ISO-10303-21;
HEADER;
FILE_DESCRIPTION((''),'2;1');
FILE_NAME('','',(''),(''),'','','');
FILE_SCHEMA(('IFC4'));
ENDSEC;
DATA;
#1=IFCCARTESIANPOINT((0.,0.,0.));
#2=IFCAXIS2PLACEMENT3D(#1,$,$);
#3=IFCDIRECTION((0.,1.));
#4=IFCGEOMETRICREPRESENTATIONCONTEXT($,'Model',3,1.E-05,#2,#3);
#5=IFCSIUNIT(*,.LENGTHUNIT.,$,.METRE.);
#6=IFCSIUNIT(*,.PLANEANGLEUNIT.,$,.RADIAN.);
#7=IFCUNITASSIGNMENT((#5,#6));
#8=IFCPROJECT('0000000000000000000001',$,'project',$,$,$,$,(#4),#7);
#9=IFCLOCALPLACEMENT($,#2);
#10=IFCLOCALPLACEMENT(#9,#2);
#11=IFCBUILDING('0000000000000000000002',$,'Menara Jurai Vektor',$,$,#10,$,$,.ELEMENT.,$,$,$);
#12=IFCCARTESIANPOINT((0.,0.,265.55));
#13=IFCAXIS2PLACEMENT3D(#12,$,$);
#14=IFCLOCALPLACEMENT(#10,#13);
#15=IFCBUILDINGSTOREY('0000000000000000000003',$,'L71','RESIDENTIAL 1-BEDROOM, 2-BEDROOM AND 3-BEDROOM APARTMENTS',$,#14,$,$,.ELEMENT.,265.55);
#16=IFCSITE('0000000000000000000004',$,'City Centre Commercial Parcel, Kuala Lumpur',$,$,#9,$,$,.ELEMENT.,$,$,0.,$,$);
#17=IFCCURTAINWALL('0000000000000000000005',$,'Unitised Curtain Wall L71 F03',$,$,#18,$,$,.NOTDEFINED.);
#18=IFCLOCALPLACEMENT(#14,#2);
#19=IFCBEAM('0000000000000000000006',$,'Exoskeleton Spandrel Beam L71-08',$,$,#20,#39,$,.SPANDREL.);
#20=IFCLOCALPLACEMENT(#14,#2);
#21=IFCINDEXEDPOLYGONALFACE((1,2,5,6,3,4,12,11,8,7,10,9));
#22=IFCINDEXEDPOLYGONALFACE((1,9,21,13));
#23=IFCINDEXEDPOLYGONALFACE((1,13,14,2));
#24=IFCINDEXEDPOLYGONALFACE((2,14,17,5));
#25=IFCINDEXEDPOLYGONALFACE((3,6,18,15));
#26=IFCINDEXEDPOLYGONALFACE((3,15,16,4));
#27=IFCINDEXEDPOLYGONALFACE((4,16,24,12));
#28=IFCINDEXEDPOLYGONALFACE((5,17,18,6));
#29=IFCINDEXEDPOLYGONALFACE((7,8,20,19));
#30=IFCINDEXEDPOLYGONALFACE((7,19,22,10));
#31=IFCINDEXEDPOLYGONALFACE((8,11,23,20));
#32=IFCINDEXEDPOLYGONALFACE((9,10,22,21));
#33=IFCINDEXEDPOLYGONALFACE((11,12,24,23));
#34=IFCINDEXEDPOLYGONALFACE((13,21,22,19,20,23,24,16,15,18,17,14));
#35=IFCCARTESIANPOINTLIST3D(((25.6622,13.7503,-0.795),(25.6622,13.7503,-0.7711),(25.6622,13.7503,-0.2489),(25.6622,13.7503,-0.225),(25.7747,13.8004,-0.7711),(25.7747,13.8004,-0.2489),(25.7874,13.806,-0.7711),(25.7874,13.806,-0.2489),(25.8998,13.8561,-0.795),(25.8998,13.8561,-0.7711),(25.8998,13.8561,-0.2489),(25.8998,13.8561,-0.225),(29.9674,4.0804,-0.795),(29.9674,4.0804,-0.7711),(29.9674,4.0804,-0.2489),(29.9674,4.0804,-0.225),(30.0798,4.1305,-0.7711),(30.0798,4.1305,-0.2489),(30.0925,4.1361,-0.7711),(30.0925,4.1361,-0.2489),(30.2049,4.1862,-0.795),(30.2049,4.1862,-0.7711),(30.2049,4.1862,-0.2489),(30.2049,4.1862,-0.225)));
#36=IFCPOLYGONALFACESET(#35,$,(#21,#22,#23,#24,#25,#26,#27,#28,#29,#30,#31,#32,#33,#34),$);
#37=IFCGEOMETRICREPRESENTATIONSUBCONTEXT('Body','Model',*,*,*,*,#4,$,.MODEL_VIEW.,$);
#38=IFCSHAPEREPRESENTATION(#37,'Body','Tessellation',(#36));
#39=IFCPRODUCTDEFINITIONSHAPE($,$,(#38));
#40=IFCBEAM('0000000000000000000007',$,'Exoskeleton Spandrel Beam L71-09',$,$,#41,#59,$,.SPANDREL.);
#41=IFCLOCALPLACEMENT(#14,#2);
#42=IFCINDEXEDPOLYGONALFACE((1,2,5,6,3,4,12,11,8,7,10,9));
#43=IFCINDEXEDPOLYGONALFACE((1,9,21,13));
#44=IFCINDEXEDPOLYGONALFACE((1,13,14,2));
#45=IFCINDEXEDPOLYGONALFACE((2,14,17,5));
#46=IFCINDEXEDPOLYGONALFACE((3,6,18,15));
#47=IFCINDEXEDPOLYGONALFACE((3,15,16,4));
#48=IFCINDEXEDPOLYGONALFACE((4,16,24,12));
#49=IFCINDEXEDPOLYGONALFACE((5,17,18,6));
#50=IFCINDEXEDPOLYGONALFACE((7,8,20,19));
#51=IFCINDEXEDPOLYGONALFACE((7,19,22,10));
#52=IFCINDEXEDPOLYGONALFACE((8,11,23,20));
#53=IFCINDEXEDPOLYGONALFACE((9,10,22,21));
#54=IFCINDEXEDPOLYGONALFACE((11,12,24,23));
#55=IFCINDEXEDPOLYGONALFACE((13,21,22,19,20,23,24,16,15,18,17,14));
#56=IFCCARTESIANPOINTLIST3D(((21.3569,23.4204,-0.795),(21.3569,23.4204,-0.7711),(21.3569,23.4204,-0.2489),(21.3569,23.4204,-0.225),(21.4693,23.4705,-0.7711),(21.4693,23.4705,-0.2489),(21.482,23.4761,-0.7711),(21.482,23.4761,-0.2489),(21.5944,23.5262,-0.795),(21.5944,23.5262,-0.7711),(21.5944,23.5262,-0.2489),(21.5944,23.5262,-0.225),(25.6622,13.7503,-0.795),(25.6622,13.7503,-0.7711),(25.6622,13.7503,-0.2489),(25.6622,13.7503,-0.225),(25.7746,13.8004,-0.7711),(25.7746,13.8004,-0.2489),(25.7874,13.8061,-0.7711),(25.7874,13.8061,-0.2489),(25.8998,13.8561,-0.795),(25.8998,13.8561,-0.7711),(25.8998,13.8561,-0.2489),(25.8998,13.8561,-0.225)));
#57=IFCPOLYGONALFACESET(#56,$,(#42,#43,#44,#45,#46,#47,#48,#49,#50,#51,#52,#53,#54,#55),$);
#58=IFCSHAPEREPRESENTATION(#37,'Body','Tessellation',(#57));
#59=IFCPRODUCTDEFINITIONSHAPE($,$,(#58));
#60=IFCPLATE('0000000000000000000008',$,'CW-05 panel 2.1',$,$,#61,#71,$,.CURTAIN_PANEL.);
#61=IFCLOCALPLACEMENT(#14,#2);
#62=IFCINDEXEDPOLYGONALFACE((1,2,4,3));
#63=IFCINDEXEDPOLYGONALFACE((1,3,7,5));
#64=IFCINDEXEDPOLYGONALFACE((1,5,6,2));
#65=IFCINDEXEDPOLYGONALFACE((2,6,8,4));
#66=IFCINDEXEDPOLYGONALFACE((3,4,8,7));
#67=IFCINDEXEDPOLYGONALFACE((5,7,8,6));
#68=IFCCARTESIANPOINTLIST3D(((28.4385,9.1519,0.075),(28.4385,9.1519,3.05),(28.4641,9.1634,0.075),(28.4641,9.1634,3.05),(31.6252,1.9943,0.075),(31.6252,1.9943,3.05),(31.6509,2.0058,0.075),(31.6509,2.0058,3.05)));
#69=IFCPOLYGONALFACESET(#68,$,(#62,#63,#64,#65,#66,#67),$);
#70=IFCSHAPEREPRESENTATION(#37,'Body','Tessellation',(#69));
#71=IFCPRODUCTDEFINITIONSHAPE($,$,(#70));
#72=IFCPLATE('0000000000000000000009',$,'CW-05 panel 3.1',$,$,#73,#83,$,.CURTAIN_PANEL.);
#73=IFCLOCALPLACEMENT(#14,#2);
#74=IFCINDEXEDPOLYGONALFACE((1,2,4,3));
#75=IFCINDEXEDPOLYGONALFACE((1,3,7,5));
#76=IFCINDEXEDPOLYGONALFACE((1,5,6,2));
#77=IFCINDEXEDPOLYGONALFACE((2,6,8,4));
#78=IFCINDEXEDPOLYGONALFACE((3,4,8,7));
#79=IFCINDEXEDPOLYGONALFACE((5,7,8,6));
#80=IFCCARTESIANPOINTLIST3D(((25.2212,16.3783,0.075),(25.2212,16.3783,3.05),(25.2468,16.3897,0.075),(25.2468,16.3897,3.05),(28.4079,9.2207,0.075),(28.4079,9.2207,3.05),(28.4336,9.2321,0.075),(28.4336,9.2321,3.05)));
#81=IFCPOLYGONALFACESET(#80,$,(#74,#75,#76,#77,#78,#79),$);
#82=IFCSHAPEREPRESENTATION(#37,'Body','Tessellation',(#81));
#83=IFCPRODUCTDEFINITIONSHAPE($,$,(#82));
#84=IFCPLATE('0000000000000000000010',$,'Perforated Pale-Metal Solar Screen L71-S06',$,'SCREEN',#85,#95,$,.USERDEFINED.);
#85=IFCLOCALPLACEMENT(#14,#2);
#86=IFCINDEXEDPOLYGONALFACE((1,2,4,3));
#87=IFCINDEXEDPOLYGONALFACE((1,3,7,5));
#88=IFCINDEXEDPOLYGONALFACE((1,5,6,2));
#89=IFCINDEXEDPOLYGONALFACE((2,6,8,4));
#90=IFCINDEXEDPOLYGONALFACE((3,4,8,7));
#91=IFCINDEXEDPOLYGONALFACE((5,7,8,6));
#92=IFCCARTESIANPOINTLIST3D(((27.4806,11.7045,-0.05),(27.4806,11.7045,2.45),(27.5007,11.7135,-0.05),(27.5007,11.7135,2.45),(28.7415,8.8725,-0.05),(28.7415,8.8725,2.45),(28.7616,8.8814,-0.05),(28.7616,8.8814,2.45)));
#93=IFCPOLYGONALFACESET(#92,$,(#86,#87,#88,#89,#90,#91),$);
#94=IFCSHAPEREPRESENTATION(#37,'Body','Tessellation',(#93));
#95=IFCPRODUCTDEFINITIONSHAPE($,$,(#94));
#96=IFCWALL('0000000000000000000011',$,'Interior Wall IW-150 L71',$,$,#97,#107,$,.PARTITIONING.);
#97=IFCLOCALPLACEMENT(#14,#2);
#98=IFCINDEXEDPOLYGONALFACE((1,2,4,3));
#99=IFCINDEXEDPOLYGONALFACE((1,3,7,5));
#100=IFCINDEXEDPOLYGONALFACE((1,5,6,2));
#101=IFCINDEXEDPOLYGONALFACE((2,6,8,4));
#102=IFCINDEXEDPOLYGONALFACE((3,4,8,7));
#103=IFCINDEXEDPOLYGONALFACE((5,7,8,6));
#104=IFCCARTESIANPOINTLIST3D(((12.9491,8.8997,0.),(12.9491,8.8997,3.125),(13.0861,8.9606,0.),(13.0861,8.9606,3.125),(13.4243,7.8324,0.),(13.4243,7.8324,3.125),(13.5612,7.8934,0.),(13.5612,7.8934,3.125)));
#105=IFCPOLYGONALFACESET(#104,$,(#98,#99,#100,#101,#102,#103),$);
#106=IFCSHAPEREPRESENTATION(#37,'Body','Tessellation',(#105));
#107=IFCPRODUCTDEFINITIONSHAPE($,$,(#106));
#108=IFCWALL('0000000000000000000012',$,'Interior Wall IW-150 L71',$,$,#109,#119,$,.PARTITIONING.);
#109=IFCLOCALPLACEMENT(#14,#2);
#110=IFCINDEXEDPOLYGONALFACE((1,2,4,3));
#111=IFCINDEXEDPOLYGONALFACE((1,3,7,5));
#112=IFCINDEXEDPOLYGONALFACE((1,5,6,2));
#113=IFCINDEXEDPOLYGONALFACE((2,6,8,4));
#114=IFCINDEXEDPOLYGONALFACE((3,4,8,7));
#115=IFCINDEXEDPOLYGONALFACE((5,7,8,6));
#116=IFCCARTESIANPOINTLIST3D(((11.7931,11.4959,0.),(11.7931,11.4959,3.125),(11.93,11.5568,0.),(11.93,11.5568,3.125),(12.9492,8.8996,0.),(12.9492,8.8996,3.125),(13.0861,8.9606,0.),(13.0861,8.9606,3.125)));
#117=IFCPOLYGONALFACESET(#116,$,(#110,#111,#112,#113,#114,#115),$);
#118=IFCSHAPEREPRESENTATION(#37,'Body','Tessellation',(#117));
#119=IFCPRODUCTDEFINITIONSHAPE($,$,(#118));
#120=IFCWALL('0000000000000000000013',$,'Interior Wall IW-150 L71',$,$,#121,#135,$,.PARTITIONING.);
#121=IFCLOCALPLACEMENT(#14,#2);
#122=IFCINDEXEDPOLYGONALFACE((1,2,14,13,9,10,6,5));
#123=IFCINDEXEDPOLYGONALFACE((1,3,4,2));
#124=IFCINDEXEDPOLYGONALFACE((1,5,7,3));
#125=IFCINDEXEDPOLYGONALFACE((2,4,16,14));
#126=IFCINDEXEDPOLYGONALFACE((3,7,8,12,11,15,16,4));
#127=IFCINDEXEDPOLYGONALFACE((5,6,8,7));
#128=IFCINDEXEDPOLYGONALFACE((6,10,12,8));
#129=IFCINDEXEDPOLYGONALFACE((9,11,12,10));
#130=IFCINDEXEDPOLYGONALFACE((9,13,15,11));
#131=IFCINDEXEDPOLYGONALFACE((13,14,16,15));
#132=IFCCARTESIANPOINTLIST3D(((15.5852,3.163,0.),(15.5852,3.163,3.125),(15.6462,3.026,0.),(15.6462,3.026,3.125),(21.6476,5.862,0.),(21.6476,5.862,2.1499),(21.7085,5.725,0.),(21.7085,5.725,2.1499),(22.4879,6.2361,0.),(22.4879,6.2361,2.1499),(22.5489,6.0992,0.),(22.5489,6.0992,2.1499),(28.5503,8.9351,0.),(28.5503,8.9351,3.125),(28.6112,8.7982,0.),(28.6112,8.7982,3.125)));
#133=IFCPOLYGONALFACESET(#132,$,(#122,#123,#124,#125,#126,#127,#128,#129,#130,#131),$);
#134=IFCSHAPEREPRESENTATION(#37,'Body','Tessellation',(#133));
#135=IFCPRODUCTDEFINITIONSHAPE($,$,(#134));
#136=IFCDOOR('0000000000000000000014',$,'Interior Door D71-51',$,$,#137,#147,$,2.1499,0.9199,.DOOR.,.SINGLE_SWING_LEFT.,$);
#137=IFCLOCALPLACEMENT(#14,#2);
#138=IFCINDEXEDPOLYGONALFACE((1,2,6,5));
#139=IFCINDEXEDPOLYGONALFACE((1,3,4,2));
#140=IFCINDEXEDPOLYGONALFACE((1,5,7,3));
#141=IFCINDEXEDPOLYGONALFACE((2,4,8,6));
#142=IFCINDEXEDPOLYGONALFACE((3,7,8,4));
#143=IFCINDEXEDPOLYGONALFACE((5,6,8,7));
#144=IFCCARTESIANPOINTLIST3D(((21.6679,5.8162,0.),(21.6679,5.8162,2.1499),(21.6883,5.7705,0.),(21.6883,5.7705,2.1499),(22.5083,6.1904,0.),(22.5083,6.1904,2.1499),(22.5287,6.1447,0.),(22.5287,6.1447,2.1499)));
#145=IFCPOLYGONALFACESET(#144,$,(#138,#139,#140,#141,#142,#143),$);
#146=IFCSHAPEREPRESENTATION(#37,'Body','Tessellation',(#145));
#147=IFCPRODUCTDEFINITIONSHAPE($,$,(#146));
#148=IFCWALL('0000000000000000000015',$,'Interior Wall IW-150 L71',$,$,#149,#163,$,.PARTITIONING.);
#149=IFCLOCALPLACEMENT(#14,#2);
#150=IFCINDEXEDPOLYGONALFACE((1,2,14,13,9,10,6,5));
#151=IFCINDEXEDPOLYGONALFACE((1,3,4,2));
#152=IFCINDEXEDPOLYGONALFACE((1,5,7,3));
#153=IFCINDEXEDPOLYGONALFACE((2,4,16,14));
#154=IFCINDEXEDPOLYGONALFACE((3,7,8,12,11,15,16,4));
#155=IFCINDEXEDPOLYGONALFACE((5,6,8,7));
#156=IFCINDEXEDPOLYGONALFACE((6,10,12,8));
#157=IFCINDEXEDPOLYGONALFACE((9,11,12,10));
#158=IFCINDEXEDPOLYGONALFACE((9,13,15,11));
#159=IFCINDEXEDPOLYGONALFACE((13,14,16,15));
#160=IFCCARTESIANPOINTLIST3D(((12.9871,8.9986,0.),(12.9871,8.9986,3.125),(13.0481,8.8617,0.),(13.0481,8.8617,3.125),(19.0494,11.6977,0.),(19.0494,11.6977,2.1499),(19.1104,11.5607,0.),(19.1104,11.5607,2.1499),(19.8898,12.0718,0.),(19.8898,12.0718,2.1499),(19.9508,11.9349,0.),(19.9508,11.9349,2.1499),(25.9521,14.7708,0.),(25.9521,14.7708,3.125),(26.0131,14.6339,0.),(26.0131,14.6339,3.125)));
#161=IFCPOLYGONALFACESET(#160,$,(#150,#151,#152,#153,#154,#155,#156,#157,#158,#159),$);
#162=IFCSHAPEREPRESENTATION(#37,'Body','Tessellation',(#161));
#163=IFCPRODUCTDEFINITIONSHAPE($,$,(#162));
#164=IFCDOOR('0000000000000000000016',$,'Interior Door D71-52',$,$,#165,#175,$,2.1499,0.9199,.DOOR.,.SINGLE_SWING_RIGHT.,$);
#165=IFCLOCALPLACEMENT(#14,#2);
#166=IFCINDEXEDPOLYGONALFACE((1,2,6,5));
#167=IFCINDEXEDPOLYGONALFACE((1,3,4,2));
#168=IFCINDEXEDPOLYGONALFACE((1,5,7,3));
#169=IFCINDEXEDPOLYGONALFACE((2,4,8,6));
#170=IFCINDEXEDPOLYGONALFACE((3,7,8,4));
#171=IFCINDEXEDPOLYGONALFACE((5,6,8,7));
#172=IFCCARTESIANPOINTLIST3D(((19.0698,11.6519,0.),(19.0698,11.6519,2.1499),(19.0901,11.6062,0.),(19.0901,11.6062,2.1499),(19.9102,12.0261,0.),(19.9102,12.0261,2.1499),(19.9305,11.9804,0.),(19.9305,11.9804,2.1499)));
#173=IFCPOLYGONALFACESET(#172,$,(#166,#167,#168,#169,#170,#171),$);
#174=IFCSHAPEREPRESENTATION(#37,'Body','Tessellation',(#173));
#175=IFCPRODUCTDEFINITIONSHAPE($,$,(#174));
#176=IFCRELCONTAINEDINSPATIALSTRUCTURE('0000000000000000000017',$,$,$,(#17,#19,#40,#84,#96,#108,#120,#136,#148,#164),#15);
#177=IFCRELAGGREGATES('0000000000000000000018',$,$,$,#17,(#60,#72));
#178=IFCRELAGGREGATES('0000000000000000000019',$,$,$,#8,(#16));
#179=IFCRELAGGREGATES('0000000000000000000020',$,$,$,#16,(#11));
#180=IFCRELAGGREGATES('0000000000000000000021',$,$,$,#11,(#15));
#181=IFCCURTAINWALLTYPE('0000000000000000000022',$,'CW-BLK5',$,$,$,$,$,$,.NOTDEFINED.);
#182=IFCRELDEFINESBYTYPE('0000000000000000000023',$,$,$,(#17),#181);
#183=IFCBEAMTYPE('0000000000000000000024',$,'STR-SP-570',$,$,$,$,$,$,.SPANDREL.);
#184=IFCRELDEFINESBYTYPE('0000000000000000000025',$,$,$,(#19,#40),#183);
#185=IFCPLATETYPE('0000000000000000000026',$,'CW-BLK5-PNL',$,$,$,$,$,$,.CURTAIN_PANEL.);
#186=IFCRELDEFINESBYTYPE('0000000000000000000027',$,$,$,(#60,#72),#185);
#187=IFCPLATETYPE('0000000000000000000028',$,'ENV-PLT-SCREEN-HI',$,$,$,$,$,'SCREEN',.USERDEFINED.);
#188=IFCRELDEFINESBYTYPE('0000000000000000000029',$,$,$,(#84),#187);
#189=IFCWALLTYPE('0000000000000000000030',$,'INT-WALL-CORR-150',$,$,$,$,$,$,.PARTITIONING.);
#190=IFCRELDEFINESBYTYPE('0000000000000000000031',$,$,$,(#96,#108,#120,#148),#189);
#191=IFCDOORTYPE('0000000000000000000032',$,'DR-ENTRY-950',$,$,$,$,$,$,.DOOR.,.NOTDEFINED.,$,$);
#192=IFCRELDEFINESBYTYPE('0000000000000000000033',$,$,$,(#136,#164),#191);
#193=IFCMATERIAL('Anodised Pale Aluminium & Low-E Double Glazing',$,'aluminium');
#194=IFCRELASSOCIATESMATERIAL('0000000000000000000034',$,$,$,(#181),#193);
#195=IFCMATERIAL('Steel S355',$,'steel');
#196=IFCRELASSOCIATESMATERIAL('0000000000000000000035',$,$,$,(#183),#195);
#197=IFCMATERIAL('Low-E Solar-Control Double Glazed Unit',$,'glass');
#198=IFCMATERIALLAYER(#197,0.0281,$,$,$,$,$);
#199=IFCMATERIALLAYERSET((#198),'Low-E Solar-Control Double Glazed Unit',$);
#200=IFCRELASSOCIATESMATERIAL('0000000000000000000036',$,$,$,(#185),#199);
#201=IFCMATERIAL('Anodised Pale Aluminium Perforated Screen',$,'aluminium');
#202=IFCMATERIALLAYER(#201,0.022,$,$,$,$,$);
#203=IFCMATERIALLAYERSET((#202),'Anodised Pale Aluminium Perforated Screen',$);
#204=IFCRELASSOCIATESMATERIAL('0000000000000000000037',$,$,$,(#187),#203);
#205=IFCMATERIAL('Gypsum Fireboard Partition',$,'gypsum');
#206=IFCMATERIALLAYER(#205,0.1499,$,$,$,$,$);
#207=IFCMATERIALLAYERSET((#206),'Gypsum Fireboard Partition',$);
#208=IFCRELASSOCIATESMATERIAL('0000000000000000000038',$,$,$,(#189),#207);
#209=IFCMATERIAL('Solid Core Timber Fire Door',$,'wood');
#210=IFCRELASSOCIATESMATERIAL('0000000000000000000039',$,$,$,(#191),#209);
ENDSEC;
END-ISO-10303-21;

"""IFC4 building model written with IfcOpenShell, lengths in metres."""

from ifc_helpers import new_model, si_unit, direction, frame, frame_2d, origin, origin_2d, place, context, subcontext, project, spatial, rectangle, i_section, extrude, material, layer, layer_set, material_profile, profile_set, type_object, element, fill, aggregate, save


model = new_model("IFC4")

# Units and contexts
model_context = context("Model", 3, precision=1e-05, world=origin(), true_north=direction((0.0, 1.0)))
body_context = subcontext(model_context, "Body", "Model", "MODEL_VIEW")
ifc_project = project(units=[si_unit("LENGTHUNIT", "METRE"), si_unit("PLANEANGLEUNIT", "RADIAN")], contexts=[model_context])

# Site, building, storey
site_placement = place(None, origin())
site = spatial("IfcSite", under=ifc_project, at=site_placement, Name="City Centre Commercial Parcel, Kuala Lumpur", CompositionType="ELEMENT", RefElevation=0.0)
building_placement = place(site_placement, origin())
building = spatial("IfcBuilding", under=site, at=building_placement, Name="Menara Jurai Vektor", CompositionType="ELEMENT")
storey_placement = place(building_placement, frame((0.0, 0.0, 265.55)))
storey = spatial("IfcBuildingStorey", under=building, at=storey_placement, Name="L71", Description="RESIDENTIAL 1-BEDROOM, 2-BEDROOM AND 3-BEDROOM APARTMENTS", CompositionType="ELEMENT", Elevation=265.55)

# Curtain wall
ifc_material_1 = material(Name="Anodised Pale Aluminium & Low-E Double Glazing", Category="aluminium")
curtain_wall_type = type_object("IfcCurtainWallType", Name="CW-BLK5", PredefinedType="NOTDEFINED", material=ifc_material_1)
curtain_wall_placement = place(storey_placement, origin())
curtain_wall = element("IfcCurtainWall", 1, at=curtain_wall_placement, inside=storey, type_object=curtain_wall_type, Name="Unitised Curtain Wall L71 F03", PredefinedType="NOTDEFINED")

# Beams
ifc_material_2 = material(Name="Steel S355", Category="steel")
ifc_material_profile_1 = material_profile(ifc_material_2, i_section(OverallWidth=0.26, OverallDepth=0.5701, WebThickness=0.0139, FlangeThickness=0.0239, at=origin_2d()), Name="PG 570x260x145")
ifc_profile_set_1 = profile_set([ifc_material_profile_1], Name="Steel S355")
beam_type_1 = type_object("IfcBeamType", Name="STR-SP-570", PredefinedType="SPANDREL", material=ifc_profile_set_1)
beam_1_placement = place(storey_placement, frame((30.0862, 4.1333, -0.51), z_axis=(-0.406725, 0.913551, 0.0), x_axis=(-0.913551, -0.406725, 0.0)))
element("IfcBeam", 2, at=beam_1_placement, inside=storey, type_object=beam_type_1, Name="Exoskeleton Spandrel Beam L71-08", PredefinedType="SPANDREL", context=body_context, shape_type="SweptSolid", body=[
    extrude(i_section(OverallWidth=0.26, OverallDepth=0.5701, WebThickness=0.0139, FlangeThickness=0.0239, at=origin_2d()), origin(), (0.0, 0.0, 1.0), 10.585),
])
beam_2_placement = place(storey_placement, frame((25.781, 13.8032, -0.51), z_axis=(-0.406735, 0.913546, 0.0), x_axis=(-0.913546, -0.406735, 0.0)))
element("IfcBeam", 3, at=beam_2_placement, inside=storey, type_object=beam_type_1, Name="Exoskeleton Spandrel Beam L71-09", PredefinedType="SPANDREL", context=body_context, shape_type="SweptSolid", body=[
    extrude(i_section(OverallWidth=0.26, OverallDepth=0.5701, WebThickness=0.0139, FlangeThickness=0.0239, at=origin_2d()), origin(), (0.0, 0.0, 1.0), 10.5852),
])

# Plates
ifc_material_3 = material(Name="Low-E Solar-Control Double Glazed Unit", Category="glass")
ifc_layer_1 = layer(ifc_material_3, 0.0281)
ifc_layer_set_1 = layer_set([ifc_layer_1], Name="Low-E Solar-Control Double Glazed Unit")
plate_type_1 = type_object("IfcPlateType", Name="CW-BLK5-PNL", PredefinedType="CURTAIN_PANEL", material=ifc_layer_set_1)
plate_1_placement = place(storey_placement, frame((30.0447, 5.5789, 0.075), z_axis=(0.0, 0.0, 1.0), x_axis=(-0.406735, 0.913546, 0.0)))
plate_1 = element("IfcPlate", 4, at=plate_1_placement, type_object=plate_type_1, Name="CW-05 panel 2.1", PredefinedType="CURTAIN_PANEL", context=body_context, shape_type="SweptSolid", body=[
    extrude(rectangle(XDim=7.835, YDim=0.0281, at=origin_2d()), origin(), (0.0, 0.0, 1.0), 2.9751),
])
plate_2_placement = place(storey_placement, frame((26.8274, 12.8052, 0.075), z_axis=(0.0, 0.0, 1.0), x_axis=(-0.406735, 0.913546, 0.0)))
plate_2 = element("IfcPlate", 5, at=plate_2_placement, type_object=plate_type_1, Name="CW-05 panel 3.1", PredefinedType="CURTAIN_PANEL", context=body_context, shape_type="SweptSolid", body=[
    extrude(rectangle(XDim=7.835, YDim=0.0281, at=origin_2d()), origin(), (0.0, 0.0, 1.0), 2.9751),
])
aggregate(curtain_wall, [plate_1, plate_2])
ifc_material_4 = material(Name="Anodised Pale Aluminium Perforated Screen", Category="aluminium")
ifc_layer_2 = layer(ifc_material_4, 0.022)
ifc_layer_set_2 = layer_set([ifc_layer_2], Name="Anodised Pale Aluminium Perforated Screen")
plate_type_2 = type_object("IfcPlateType", Name="ENV-PLT-SCREEN-HI", ElementType="SCREEN", PredefinedType="USERDEFINED", material=ifc_layer_set_2)
plate_3_placement = place(storey_placement, frame((28.1211, 10.293, -0.05), z_axis=(0.0, 0.0, 1.0), x_axis=(-0.406737, 0.913545, 0.0)))
element("IfcPlate", 6, at=plate_3_placement, inside=storey, type_object=plate_type_2, Name="Perforated Pale-Metal Solar Screen L71-S06", ObjectType="SCREEN", PredefinedType="USERDEFINED", context=body_context, shape_type="SweptSolid", body=[
    extrude(rectangle(XDim=3.1001, YDim=0.022, at=origin_2d()), origin(), (0.0, 0.0, 1.0), 2.5),
])

# Walls
ifc_material_5 = material(Name="Gypsum Fireboard Partition", Category="gypsum")
ifc_layer_3 = layer(ifc_material_5, 0.1499)
ifc_layer_set_3 = layer_set([ifc_layer_3], Name="Gypsum Fireboard Partition")
wall_type = type_object("IfcWallType", Name="INT-WALL-CORR-150", PredefinedType="PARTITIONING", material=ifc_layer_set_3)
wall_1_placement = place(storey_placement, frame((13.4927, 7.863, 0.0), z_axis=(0.0, 0.0, 1.0), x_axis=(-0.40672, 0.913553, 0.0)))
element("IfcWall", 7, at=wall_1_placement, inside=storey, type_object=wall_type, Name="Interior Wall IW-150 L71", PredefinedType="PARTITIONING", context=body_context, shape_type="SweptSolid", body=[
    extrude(rectangle(XDim=1.1682, YDim=0.1499, at=frame_2d((0.584, 0.0))), origin(), (0.0, 0.0, 1.0), 3.125),
])
wall_2_placement = place(storey_placement, frame((13.0176, 8.9302, 0.0), z_axis=(0.0, 0.0, 1.0), x_axis=(-0.406768, 0.913531, 0.0)))
element("IfcWall", 8, at=wall_2_placement, inside=storey, type_object=wall_type, Name="Interior Wall IW-150 L71", PredefinedType="PARTITIONING", context=body_context, shape_type="SweptSolid", body=[
    extrude(rectangle(XDim=2.842, YDim=0.1499, at=frame_2d((1.4209, 0.0))), origin(), (0.0, 0.0, 1.0), 3.125),
])

# Walls, openings, doors
wall_3_placement = place(storey_placement, frame((15.6157, 3.0945, 0.0), z_axis=(0.0, 0.0, 1.0), x_axis=(0.913551, 0.406724, 0.0)))
wall_3 = element("IfcWall", 9, at=wall_3_placement, inside=storey, type_object=wall_type, Name="Interior Wall IW-150 L71", PredefinedType="PARTITIONING", context=body_context, shape_type="SweptSolid", body=[
    extrude(rectangle(XDim=14.1919, YDim=0.1499, at=frame_2d((7.0959, 0.0))), origin(), (0.0, 0.0, 1.0), 3.125),
])
opening_1_placement = place(wall_3_placement, frame((6.636, 0.0, 0.0)))
opening_1 = element("IfcOpeningElement", 10, at=opening_1_placement, cuts=wall_3, PredefinedType="OPENING", context=body_context, shape_type="SweptSolid", body=[
    extrude(rectangle(XDim=0.9199, YDim=2.1499, at=frame_2d((0.46, 1.075))), frame((0.0, 0.085, 0.0), z_axis=(0.0, -1.0, 0.0), x_axis=(1.0, 0.0, 0.0)), (0.0, 0.0, 1.0), 0.1699),
])
ifc_material_6 = material(Name="Solid Core Timber Fire Door", Category="wood")
door_type = type_object("IfcDoorType", Name="DR-ENTRY-950", OperationType="NOTDEFINED", PredefinedType="DOOR", material=ifc_material_6)
door_1_placement = place(opening_1_placement, origin())
door_1 = element("IfcDoor", 11, at=door_1_placement, inside=storey, type_object=door_type, Name="Interior Door D71-51", OperationType="SINGLE_SWING_LEFT", OverallHeight=2.1499, OverallWidth=0.9199, PredefinedType="DOOR", context=body_context, shape_type="SweptSolid", body=[
    extrude(rectangle(XDim=0.9199, YDim=2.1499, at=frame_2d((0.46, 1.075))), frame((0.0, 0.0249, 0.0), z_axis=(0.0, -1.0, 0.0), x_axis=(1.0, 0.0, 0.0)), (0.0, 0.0, 1.0), 0.05),
])
fill(opening_1, door_1)
wall_4_placement = place(storey_placement, frame((13.0176, 8.9302, 0.0), z_axis=(0.0, 0.0, 1.0), x_axis=(0.913551, 0.406724, 0.0)))
wall_4 = element("IfcWall", 12, at=wall_4_placement, inside=storey, type_object=wall_type, Name="Interior Wall IW-150 L71", PredefinedType="PARTITIONING", context=body_context, shape_type="SweptSolid", body=[
    extrude(rectangle(XDim=14.1919, YDim=0.1499, at=frame_2d((7.0959, 0.0))), origin(), (0.0, 0.0, 1.0), 3.125),
])
opening_2_placement = place(wall_4_placement, frame((6.636, 0.0, 0.0)))
opening_2 = element("IfcOpeningElement", 13, at=opening_2_placement, cuts=wall_4, PredefinedType="OPENING", context=body_context, shape_type="SweptSolid", body=[
    extrude(rectangle(XDim=0.9199, YDim=2.1499, at=frame_2d((0.46, 1.075))), frame((0.0, 0.085, 0.0), z_axis=(0.0, -1.0, 0.0), x_axis=(1.0, 0.0, 0.0)), (0.0, 0.0, 1.0), 0.1699),
])
door_2_placement = place(opening_2_placement, origin())
door_2 = element("IfcDoor", 14, at=door_2_placement, inside=storey, type_object=door_type, Name="Interior Door D71-52", OperationType="SINGLE_SWING_RIGHT", OverallHeight=2.1499, OverallWidth=0.9199, PredefinedType="DOOR", context=body_context, shape_type="SweptSolid", body=[
    extrude(rectangle(XDim=0.9199, YDim=2.1499, at=frame_2d((0.46, 1.075))), frame((0.0, 0.0249, 0.0), z_axis=(0.0, -1.0, 0.0), x_axis=(1.0, 0.0, 0.0)), (0.0, 0.0, 1.0), 0.05),
])
fill(opening_2, door_2)

save(model, "model.ifc")
